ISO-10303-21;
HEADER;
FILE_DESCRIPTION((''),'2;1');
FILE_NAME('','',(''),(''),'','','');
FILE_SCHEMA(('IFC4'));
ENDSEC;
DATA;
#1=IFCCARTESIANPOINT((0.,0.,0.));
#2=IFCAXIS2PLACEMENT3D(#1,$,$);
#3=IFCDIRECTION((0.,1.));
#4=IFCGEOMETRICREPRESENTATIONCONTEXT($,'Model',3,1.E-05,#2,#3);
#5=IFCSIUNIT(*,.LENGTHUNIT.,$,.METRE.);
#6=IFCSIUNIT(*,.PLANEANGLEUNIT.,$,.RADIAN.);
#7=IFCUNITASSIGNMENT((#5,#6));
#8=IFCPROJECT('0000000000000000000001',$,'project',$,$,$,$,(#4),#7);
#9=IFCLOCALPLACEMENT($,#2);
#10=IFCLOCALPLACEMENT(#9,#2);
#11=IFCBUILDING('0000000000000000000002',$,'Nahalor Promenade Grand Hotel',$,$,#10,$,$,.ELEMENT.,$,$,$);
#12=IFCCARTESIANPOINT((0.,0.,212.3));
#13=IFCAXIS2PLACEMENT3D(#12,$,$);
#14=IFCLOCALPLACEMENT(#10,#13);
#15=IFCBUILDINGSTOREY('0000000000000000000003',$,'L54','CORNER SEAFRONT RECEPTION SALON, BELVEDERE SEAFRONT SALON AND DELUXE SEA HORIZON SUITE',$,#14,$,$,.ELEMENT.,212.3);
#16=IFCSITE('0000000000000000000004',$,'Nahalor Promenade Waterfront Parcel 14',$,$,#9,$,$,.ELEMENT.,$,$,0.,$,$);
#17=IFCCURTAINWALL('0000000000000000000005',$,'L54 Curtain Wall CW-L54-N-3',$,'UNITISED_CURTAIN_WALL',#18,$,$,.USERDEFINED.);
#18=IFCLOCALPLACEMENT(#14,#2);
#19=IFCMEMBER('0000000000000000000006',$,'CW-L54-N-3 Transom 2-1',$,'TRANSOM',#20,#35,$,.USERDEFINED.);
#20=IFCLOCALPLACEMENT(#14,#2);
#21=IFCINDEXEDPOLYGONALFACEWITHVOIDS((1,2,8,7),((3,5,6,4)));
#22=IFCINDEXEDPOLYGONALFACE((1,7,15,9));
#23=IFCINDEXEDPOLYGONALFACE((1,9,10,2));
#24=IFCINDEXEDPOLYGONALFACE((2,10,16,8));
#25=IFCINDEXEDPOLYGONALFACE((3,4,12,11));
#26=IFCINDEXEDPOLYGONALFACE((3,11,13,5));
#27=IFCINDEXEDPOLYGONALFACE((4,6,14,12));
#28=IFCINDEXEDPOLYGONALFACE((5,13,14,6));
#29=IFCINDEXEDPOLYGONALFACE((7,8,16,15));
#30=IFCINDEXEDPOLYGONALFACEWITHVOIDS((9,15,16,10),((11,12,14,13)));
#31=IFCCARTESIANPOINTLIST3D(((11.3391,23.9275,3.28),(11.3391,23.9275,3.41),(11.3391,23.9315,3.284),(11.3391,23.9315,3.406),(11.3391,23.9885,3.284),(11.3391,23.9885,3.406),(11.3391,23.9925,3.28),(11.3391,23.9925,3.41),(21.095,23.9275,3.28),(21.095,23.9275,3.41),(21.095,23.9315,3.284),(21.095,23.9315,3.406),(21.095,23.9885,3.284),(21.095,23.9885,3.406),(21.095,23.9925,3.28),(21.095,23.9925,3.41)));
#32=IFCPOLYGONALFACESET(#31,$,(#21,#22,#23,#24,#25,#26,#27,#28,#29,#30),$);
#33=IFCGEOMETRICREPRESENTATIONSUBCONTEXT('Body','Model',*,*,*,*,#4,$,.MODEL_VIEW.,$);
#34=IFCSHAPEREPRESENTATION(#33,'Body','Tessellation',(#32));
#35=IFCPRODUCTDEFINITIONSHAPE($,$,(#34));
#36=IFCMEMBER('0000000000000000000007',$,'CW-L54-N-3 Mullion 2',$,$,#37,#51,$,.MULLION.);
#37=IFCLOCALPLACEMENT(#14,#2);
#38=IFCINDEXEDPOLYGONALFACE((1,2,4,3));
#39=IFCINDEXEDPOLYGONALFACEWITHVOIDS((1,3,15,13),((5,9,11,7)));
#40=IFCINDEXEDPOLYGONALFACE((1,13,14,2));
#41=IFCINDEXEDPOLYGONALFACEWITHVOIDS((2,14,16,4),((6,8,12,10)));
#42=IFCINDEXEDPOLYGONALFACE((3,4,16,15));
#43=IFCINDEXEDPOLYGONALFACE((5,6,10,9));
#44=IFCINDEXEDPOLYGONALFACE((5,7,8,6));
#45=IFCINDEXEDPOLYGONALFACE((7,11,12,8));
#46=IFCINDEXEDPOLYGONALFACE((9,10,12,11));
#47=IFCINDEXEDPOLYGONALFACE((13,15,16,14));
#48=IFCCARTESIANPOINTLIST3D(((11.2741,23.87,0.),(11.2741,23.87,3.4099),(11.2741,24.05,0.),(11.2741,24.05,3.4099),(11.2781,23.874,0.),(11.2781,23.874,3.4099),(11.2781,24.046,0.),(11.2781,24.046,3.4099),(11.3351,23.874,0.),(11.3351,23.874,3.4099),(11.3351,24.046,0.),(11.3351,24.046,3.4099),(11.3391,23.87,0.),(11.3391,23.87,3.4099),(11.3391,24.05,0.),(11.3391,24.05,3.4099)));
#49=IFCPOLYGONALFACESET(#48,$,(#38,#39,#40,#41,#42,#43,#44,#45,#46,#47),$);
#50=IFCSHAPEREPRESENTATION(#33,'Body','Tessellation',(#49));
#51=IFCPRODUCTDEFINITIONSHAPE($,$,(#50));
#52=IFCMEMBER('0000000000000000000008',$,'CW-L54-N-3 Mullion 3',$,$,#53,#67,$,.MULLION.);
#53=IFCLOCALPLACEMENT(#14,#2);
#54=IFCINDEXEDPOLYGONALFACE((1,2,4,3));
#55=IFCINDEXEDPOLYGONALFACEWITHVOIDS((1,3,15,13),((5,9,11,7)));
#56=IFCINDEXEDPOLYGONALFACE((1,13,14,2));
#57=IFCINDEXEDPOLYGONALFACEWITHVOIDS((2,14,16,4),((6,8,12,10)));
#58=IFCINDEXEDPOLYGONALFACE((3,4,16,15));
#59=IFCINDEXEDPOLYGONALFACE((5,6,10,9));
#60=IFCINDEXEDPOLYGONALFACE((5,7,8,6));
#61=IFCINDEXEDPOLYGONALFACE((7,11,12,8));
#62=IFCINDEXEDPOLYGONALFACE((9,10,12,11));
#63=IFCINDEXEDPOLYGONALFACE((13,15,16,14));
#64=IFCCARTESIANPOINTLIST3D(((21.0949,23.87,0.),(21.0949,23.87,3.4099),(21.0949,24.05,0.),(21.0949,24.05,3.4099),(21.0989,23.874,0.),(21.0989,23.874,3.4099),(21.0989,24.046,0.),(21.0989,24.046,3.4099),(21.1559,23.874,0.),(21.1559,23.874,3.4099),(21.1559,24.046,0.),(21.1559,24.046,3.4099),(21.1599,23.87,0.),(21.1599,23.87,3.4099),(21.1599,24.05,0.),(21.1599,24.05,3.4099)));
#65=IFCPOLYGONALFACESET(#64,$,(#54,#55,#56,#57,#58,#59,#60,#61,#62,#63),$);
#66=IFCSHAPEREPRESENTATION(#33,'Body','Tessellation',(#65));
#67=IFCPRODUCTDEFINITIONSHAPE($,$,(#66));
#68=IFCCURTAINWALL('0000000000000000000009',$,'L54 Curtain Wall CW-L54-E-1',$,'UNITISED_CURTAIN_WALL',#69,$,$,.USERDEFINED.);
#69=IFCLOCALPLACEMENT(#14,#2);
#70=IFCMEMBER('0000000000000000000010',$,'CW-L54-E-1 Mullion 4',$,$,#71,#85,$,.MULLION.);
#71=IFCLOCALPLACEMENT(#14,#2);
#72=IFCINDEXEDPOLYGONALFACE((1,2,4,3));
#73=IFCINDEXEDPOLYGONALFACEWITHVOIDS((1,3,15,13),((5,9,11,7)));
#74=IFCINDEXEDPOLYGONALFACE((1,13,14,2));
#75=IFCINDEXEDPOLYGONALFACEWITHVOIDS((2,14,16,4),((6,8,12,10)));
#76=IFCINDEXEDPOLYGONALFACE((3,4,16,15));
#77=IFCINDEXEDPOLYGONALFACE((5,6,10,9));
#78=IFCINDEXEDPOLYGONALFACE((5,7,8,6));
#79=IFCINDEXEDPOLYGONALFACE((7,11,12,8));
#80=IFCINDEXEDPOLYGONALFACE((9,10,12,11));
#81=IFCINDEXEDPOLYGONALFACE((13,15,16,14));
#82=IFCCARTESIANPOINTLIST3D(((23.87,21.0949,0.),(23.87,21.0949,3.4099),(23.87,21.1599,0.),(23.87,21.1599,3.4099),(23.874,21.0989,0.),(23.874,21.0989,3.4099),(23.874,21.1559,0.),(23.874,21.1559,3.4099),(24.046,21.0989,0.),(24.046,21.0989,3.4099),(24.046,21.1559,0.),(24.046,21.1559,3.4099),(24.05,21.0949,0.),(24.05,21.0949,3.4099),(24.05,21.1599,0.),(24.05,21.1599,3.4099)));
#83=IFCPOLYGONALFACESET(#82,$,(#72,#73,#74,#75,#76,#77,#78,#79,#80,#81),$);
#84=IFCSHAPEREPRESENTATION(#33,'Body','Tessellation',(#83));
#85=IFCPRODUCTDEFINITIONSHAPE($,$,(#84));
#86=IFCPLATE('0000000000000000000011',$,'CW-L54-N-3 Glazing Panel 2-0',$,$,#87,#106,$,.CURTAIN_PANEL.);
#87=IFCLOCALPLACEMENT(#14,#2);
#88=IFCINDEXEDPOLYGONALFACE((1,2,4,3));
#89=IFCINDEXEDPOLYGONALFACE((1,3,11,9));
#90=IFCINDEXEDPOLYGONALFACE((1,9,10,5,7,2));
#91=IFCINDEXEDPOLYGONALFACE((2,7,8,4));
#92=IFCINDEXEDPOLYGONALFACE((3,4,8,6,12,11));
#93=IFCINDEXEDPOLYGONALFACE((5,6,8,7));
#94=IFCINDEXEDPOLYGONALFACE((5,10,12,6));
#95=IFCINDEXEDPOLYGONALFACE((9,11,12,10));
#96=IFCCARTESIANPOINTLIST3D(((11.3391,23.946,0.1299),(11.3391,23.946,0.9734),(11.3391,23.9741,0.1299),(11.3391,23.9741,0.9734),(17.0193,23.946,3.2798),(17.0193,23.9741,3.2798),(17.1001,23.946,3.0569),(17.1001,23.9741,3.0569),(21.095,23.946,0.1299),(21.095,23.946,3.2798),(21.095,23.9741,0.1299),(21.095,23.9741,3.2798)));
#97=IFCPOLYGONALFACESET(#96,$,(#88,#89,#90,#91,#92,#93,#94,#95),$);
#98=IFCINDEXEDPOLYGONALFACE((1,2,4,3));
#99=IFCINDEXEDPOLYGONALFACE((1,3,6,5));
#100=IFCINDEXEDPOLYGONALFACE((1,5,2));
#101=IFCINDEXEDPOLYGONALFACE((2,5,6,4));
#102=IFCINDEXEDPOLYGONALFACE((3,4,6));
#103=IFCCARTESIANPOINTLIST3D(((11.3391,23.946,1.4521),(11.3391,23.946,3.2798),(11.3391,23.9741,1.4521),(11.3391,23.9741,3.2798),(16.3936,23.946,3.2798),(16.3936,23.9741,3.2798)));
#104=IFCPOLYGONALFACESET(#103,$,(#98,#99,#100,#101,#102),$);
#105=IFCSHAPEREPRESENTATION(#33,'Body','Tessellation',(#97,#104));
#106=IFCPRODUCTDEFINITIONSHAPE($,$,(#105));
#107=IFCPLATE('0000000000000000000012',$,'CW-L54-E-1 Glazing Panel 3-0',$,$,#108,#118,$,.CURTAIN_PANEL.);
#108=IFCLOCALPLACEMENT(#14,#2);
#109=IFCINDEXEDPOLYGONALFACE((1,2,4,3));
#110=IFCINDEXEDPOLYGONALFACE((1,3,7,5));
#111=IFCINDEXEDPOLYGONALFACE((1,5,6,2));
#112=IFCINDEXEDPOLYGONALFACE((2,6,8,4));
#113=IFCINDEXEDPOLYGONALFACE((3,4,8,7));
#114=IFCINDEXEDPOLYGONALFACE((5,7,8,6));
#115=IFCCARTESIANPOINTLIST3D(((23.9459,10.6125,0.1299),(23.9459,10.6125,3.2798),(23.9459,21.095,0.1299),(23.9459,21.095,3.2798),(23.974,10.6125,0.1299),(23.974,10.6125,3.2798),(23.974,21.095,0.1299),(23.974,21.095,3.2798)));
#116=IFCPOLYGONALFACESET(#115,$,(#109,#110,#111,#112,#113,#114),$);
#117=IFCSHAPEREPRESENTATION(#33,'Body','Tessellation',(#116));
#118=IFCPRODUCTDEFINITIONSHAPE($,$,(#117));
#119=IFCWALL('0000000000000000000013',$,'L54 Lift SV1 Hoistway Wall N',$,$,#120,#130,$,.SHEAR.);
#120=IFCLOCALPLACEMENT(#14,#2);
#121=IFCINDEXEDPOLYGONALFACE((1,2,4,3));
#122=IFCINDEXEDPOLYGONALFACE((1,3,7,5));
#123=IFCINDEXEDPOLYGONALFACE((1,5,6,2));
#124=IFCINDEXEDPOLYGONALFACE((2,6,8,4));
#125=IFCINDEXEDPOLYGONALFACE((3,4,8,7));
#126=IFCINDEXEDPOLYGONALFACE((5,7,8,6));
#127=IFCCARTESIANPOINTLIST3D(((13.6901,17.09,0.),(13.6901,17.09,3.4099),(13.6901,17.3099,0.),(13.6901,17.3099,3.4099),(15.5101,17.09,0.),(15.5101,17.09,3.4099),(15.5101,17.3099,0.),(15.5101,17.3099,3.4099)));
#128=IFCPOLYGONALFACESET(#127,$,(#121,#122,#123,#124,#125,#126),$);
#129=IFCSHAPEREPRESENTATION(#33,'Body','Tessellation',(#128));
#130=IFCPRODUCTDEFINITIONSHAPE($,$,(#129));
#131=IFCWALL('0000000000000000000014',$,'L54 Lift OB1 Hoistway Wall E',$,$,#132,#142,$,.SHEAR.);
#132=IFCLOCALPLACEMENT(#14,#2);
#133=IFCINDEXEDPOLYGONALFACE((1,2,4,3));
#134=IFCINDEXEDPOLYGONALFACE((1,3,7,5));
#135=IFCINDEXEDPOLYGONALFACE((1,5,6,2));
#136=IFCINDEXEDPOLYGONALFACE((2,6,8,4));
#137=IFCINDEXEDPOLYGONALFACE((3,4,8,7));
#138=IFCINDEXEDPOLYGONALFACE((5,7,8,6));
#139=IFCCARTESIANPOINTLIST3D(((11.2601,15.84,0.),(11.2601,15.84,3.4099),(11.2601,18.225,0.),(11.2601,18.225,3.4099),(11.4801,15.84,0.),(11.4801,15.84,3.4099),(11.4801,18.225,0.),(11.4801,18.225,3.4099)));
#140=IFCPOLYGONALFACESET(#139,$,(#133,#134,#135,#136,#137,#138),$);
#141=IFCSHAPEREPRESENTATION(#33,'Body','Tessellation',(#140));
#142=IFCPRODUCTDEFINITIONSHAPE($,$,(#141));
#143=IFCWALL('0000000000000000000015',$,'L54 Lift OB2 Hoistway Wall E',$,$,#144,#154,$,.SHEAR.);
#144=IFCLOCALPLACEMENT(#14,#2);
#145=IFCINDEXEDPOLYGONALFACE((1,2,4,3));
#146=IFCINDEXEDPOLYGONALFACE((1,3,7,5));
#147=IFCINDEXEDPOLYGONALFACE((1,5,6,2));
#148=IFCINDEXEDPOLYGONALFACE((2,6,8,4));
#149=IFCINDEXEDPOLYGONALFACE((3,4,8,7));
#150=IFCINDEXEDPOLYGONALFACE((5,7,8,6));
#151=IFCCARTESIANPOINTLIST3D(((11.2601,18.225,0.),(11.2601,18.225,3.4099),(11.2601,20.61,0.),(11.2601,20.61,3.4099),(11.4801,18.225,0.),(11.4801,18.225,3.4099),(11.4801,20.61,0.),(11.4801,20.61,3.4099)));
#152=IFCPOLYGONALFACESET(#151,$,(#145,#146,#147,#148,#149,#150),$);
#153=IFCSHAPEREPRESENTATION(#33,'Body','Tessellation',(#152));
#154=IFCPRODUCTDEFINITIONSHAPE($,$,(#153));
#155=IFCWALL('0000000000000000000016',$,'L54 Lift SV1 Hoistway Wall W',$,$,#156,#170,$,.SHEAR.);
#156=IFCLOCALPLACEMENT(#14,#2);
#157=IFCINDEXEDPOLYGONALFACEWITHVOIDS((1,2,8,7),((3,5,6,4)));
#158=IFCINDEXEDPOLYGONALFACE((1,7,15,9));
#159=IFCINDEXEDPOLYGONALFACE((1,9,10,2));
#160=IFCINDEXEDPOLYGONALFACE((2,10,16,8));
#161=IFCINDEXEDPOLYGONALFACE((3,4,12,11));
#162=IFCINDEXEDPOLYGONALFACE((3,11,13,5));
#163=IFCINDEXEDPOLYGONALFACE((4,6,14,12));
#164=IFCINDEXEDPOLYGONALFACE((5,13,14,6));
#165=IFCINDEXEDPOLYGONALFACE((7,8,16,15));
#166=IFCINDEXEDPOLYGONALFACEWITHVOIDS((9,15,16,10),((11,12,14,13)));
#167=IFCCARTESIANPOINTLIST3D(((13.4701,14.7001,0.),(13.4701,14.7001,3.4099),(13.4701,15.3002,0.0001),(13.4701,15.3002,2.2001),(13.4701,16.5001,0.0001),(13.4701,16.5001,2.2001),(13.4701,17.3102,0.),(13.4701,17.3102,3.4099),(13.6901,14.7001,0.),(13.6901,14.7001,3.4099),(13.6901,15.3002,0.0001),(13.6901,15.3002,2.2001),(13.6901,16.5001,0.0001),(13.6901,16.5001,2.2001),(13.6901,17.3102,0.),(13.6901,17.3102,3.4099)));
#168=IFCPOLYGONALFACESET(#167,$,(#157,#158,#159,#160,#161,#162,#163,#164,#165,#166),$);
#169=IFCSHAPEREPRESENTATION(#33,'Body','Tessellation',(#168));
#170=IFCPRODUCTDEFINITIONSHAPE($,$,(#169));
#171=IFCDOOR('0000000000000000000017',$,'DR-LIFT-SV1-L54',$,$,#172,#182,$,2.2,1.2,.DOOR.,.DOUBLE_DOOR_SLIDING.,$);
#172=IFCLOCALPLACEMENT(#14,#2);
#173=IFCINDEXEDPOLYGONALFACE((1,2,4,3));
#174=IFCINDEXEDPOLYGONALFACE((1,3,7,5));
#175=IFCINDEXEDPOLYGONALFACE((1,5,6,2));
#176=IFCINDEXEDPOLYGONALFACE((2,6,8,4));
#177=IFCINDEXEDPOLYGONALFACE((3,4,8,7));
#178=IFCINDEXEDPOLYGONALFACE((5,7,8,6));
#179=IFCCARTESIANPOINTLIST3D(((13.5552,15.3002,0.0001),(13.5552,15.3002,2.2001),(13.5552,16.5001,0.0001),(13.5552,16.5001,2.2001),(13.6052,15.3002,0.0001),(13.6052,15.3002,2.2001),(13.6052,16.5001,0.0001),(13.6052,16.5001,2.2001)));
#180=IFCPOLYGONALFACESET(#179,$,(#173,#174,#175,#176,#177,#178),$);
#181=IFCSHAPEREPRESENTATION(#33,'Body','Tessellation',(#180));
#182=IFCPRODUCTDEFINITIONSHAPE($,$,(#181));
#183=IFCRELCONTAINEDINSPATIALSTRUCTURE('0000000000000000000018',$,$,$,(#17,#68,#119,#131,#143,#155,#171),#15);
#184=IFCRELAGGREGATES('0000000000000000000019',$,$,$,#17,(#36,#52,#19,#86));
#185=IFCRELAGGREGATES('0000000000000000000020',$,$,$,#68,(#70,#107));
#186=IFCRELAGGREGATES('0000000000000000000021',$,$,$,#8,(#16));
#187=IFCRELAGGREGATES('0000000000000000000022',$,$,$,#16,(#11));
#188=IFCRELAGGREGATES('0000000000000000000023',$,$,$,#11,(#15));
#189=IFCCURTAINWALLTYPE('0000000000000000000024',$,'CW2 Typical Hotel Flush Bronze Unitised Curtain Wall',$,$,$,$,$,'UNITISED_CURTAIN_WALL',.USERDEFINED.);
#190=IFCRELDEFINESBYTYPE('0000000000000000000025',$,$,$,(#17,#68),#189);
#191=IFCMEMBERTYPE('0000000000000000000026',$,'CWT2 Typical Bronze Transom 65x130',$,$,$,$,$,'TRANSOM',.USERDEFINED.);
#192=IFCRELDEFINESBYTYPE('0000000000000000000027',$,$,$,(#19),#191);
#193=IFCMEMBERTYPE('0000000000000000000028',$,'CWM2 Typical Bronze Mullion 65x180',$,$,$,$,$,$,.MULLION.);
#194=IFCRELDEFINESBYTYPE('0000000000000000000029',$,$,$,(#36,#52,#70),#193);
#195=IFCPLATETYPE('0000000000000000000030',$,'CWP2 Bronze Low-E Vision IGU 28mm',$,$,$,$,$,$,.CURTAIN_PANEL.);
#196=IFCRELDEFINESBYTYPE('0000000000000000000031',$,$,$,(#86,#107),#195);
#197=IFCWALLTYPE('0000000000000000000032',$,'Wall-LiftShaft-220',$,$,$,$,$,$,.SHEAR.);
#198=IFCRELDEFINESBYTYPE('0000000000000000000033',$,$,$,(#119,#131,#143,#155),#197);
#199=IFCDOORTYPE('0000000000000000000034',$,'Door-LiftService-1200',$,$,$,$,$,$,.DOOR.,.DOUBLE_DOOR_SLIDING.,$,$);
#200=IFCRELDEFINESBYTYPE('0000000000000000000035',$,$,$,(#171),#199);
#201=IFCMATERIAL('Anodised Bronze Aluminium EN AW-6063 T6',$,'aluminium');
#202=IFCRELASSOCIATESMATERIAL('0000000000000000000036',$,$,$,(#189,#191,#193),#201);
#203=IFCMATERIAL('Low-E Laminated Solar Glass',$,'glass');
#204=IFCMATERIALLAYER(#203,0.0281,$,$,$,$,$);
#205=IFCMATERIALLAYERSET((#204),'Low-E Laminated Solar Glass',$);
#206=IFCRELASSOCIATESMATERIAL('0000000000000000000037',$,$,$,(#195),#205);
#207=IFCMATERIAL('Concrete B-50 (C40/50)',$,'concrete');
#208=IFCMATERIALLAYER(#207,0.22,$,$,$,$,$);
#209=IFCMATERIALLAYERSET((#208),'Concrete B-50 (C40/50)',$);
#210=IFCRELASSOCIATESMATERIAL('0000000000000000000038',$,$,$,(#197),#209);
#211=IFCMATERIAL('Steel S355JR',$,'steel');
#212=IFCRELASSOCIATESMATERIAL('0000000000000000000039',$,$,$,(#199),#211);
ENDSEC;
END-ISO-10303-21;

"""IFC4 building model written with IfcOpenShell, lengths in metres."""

from ifc_helpers import new_model, si_unit, direction, frame, frame_2d, origin, origin_2d, place, context, subcontext, project, spatial, polyline, rectangle, hollow_rectangle, outline, extrude, source, transform, mapped, material, layer, layer_set, material_profile, profile_set, type_object, element, fill, aggregate, save


model = new_model("IFC4")

# Units and contexts
model_context = context("Model", 3, precision=1e-05, world=origin(), true_north=direction((0.0, 1.0)))
body_context = subcontext(model_context, "Body", "Model", "MODEL_VIEW")
ifc_project = project(units=[si_unit("LENGTHUNIT", "METRE"), si_unit("PLANEANGLEUNIT", "RADIAN")], contexts=[model_context])

# Site, building, storey
site_placement = place(None, origin())
site = spatial("IfcSite", under=ifc_project, at=site_placement, Name="Nahalor Promenade Waterfront Parcel 14", CompositionType="ELEMENT", RefElevation=0.0)
building_placement = place(site_placement, origin())
building = spatial("IfcBuilding", under=site, at=building_placement, Name="Nahalor Promenade Grand Hotel", CompositionType="ELEMENT")
storey_placement = place(building_placement, frame((0.0, 0.0, 212.3)))
storey = spatial("IfcBuildingStorey", under=building, at=storey_placement, Name="L54", Description="CORNER SEAFRONT RECEPTION SALON, BELVEDERE SEAFRONT SALON AND DELUXE SEA HORIZON SUITE", CompositionType="ELEMENT", Elevation=212.3)

# Shared definitions
ifc_material_1 = material(Name="Steel S355JR", Category="steel")

# Curtain wall, members
ifc_material_2 = material(Name="Anodised Bronze Aluminium EN AW-6063 T6", Category="aluminium")
curtain_wall_type = type_object("IfcCurtainWallType", Name="CW2 Typical Hotel Flush Bronze Unitised Curtain Wall", ElementType="UNITISED_CURTAIN_WALL", PredefinedType="USERDEFINED", material=ifc_material_2)
curtain_wall_1_placement = place(storey_placement, origin())
curtain_wall_1 = element("IfcCurtainWall", 1, at=curtain_wall_1_placement, inside=storey, type_object=curtain_wall_type, Name="L54 Curtain Wall CW-L54-N-3", ObjectType="UNITISED_CURTAIN_WALL", PredefinedType="USERDEFINED")
ifc_material_profile_1 = material_profile(ifc_material_2, hollow_rectangle(XDim=0.065, YDim=0.13, WallThickness=0.004, at=origin_2d()), Name="CWT 65x130x4")
ifc_profile_set_1 = profile_set([ifc_material_profile_1], Name="Anodised Bronze Aluminium EN AW-6063 T6")
member_type_1 = type_object("IfcMemberType", Name="CWT2 Typical Bronze Transom 65x130", ElementType="TRANSOM", PredefinedType="USERDEFINED", material=ifc_profile_set_1)
shared_shape_1 = source(origin(), body_context, "Body", "SweptSolid", [
    extrude(hollow_rectangle(XDim=0.065, YDim=0.13, WallThickness=0.004, at=origin_2d()), origin(), (0.0, 0.0, 1.0), 9.7559),
])
member_1_placement = place(storey_placement, frame((11.3391, 23.96, 3.345), z_axis=(1.0, 0.0, 0.0), x_axis=(0.0, 1.0, 0.0)))
member_1 = element("IfcMember", 2, at=member_1_placement, type_object=member_type_1, Name="CW-L54-N-3 Transom 2-1", ObjectType="TRANSOM", PredefinedType="USERDEFINED", context=body_context, shape_type="MappedRepresentation", body=[
    mapped(shared_shape_1, transform((0.0, 0.0, 0.0), scale=1.0)),
])
ifc_material_profile_2 = material_profile(ifc_material_2, hollow_rectangle(XDim=0.065, YDim=0.18, WallThickness=0.004, at=origin_2d()), Name="CWM 65x180x4")
ifc_profile_set_2 = profile_set([ifc_material_profile_2], Name="Anodised Bronze Aluminium EN AW-6063 T6")
member_type_2 = type_object("IfcMemberType", Name="CWM2 Typical Bronze Mullion 65x180", PredefinedType="MULLION", material=ifc_profile_set_2)
shared_shape_2 = source(origin(), body_context, "Body", "SweptSolid", [
    extrude(hollow_rectangle(XDim=0.065, YDim=0.18, WallThickness=0.004, at=origin_2d()), origin(), (0.0, 0.0, 1.0), 3.4099),
])
member_2_placement = place(storey_placement, frame((11.3066, 23.96, 0.0), z_axis=(0.0, 0.0, 1.0), x_axis=(1.0, 0.0, 0.0)))
member_2 = element("IfcMember", 3, at=member_2_placement, type_object=member_type_2, Name="CW-L54-N-3 Mullion 2", PredefinedType="MULLION", context=body_context, shape_type="MappedRepresentation", body=[
    mapped(shared_shape_2, transform((0.0, 0.0, 0.0), scale=1.0)),
])
member_3_placement = place(storey_placement, frame((21.1274, 23.96, 0.0), z_axis=(0.0, 0.0, 1.0), x_axis=(1.0, 0.0, 0.0)))
member_3 = element("IfcMember", 4, at=member_3_placement, type_object=member_type_2, Name="CW-L54-N-3 Mullion 3", PredefinedType="MULLION", context=body_context, shape_type="MappedRepresentation", body=[
    mapped(shared_shape_2, transform((0.0, 0.0, 0.0), scale=1.0)),
])

# Curtain wall, member
curtain_wall_2_placement = place(storey_placement, origin())
curtain_wall_2 = element("IfcCurtainWall", 5, at=curtain_wall_2_placement, inside=storey, type_object=curtain_wall_type, Name="L54 Curtain Wall CW-L54-E-1", ObjectType="UNITISED_CURTAIN_WALL", PredefinedType="USERDEFINED")
member_4_placement = place(storey_placement, frame((23.96, 21.1274, 0.0), z_axis=(0.0, 0.0, 1.0), x_axis=(0.0, 1.0, 0.0)))
member_4 = element("IfcMember", 6, at=member_4_placement, type_object=member_type_2, Name="CW-L54-E-1 Mullion 4", PredefinedType="MULLION", context=body_context, shape_type="MappedRepresentation", body=[
    mapped(shared_shape_2, transform((0.0, 0.0, 0.0), scale=1.0)),
])

# Plates
ifc_material_3 = material(Name="Low-E Laminated Solar Glass", Category="glass")
ifc_layer_1 = layer(ifc_material_3, 0.0281)
ifc_layer_set_1 = layer_set([ifc_layer_1], Name="Low-E Laminated Solar Glass")
plate_type = type_object("IfcPlateType", Name="CWP2 Bronze Low-E Vision IGU 28mm", PredefinedType="CURTAIN_PANEL", material=ifc_layer_set_1)
plate_1_placement = place(storey_placement, frame((16.217, 23.96, 0.1299), z_axis=(0.0, 0.0, 1.0), x_axis=(1.0, 0.0, 0.0)))
plate_1 = element("IfcPlate", 7, at=plate_1_placement, type_object=plate_type, Name="CW-L54-N-3 Glazing Panel 2-0", PredefinedType="CURTAIN_PANEL", context=body_context, shape_type="SweptSolid", body=[
    extrude(outline(polyline([(4.8779, 0.0), (4.8779, 3.1499), (0.8022, 3.1499), (0.8831, 2.927), (-4.8779, 0.8435), (-4.8779, 0.0), (4.8779, 0.0)])), frame((0.0, 0.0142, 0.0), z_axis=(0.0, -1.0, 0.0), x_axis=(1.0, 0.0, 0.0)), (0.0, 0.0, 1.0), 0.0281),
    extrude(outline(polyline([(0.1765, 3.1499), (-4.8779, 3.1499), (-4.8779, 1.3223), (0.1765, 3.1499)])), frame((0.0, 0.0142, 0.0), z_axis=(0.0, -1.0, 0.0), x_axis=(1.0, 0.0, 0.0)), (0.0, 0.0, 1.0), 0.0281),
])
aggregate(curtain_wall_1, [member_2, member_3, member_1, plate_1])
shared_shape_3 = source(origin(), body_context, "Body", "SweptSolid", [
    extrude(rectangle(XDim=10.4824, YDim=0.0281, at=origin_2d()), origin(), (0.0, 0.0, 1.0), 3.1499),
])
plate_2_placement = place(storey_placement, frame((23.96, 15.8538, 0.1299), z_axis=(0.0, 0.0, 1.0), x_axis=(0.0, 1.0, 0.0)))
plate_2 = element("IfcPlate", 8, at=plate_2_placement, type_object=plate_type, Name="CW-L54-E-1 Glazing Panel 3-0", PredefinedType="CURTAIN_PANEL", context=body_context, shape_type="MappedRepresentation", body=[
    mapped(shared_shape_3, transform((0.0, 0.0, 0.0), scale=1.0)),
])
aggregate(curtain_wall_2, [member_4, plate_2])

# Walls
ifc_material_4 = material(Name="Concrete B-50 (C40/50)", Category="concrete")
ifc_layer_2 = layer(ifc_material_4, 0.22)
ifc_layer_set_2 = layer_set([ifc_layer_2], Name="Concrete B-50 (C40/50)")
wall_type_1 = type_object("IfcWallType", Name="Wall-LiftShaft-220", PredefinedType="SHEAR", material=ifc_layer_set_2)
shared_shape_4 = source(origin(), body_context, "Body", "SweptSolid", [
    extrude(rectangle(XDim=1.8201, YDim=0.22, at=frame_2d((0.9102, 0.0))), origin(), (0.0, 0.0, 1.0), 3.4099),
])
wall_1_placement = place(storey_placement, frame((13.6899, 17.2, 0.0), z_axis=(0.0, 0.0, 1.0), x_axis=(1.0, 0.0, 0.0)))
element("IfcWall", 9, at=wall_1_placement, inside=storey, type_object=wall_type_1, Name="L54 Lift SV1 Hoistway Wall N", PredefinedType="SHEAR", context=body_context, shape_type="MappedRepresentation", body=[
    mapped(shared_shape_4, transform((0.0, 0.0, 0.0), scale=1.0)),
])
shared_shape_5 = source(origin(), body_context, "Body", "SweptSolid", [
    extrude(rectangle(XDim=2.385, YDim=0.22, at=frame_2d((1.1924, 0.0))), origin(), (0.0, 0.0, 1.0), 3.4099),
])
for number, where, z_axis, x_axis, name in (
    (10, (11.3701, 15.8401, 0.0), (0.0, 0.0, 1.0), (0.0, 1.0, 0.0), "L54 Lift OB1 Hoistway Wall E"),
    (11, (11.3701, 18.2251, 0.0), (0.0, 0.0, 1.0), (0.0, 1.0, 0.0), "L54 Lift OB2 Hoistway Wall E"),
):
    element("IfcWall", number, at=place(storey_placement, frame(where, z_axis=z_axis, x_axis=x_axis)), inside=storey, type_object=wall_type_1, Name=name, PredefinedType="SHEAR", context=body_context, shape_type="MappedRepresentation", body=[
        mapped(shared_shape_5, transform((0.0, 0.0, 0.0), scale=1.0)),
    ])

# Wall, opening, door
shared_shape_6 = source(origin(), body_context, "Body", "SweptSolid", [
    extrude(rectangle(XDim=2.6101, YDim=0.22, at=frame_2d((1.3052, 0.0))), origin(), (0.0, 0.0, 1.0), 3.4099),
])
wall_2_placement = place(storey_placement, frame((13.5801, 14.7, 0.0), z_axis=(0.0, 0.0, 1.0), x_axis=(0.0, 1.0, 0.0)))
wall_2 = element("IfcWall", 12, at=wall_2_placement, inside=storey, type_object=wall_type_1, Name="L54 Lift SV1 Hoistway Wall W", PredefinedType="SHEAR", context=body_context, shape_type="MappedRepresentation", body=[
    mapped(shared_shape_6, transform((0.0, 0.0, 0.0), scale=1.0)),
])
opening_1_placement = place(wall_2_placement, frame((0.6001, 0.0, 0.0)))
opening_1 = element("IfcOpeningElement", 13, at=opening_1_placement, cuts=wall_2, PredefinedType="OPENING", context=body_context, shape_type="SweptSolid", body=[
    extrude(rectangle(XDim=1.2, YDim=2.2, at=frame_2d((0.6001, 1.1001))), frame((0.0, 0.1199, 0.0), z_axis=(0.0, -1.0, 0.0), x_axis=(1.0, 0.0, 0.0)), (0.0, 0.0, 1.0), 0.24),
])
door_type_1 = type_object("IfcDoorType", Name="Door-LiftService-1200", OperationType="DOUBLE_DOOR_SLIDING", PredefinedType="DOOR", material=ifc_material_1)
shared_shape_7 = source(origin(), body_context, "Body", "SweptSolid", [
    extrude(rectangle(XDim=1.2, YDim=2.2, at=frame_2d((0.6001, 1.1001))), frame((0.0, 0.0249, 0.0), z_axis=(0.0, -1.0, 0.0), x_axis=(1.0, 0.0, 0.0)), (0.0, 0.0, 1.0), 0.05),
])
door_1_placement = place(opening_1_placement, origin())
door_1 = element("IfcDoor", 14, at=door_1_placement, inside=storey, type_object=door_type_1, Name="DR-LIFT-SV1-L54", OperationType="DOUBLE_DOOR_SLIDING", OverallHeight=2.2, OverallWidth=1.2, PredefinedType="DOOR", context=body_context, shape_type="MappedRepresentation", body=[
    mapped(shared_shape_7, transform((0.0, 0.0, 0.0), scale=1.0)),
])
fill(opening_1, door_1)

save(model, "model.ifc")
